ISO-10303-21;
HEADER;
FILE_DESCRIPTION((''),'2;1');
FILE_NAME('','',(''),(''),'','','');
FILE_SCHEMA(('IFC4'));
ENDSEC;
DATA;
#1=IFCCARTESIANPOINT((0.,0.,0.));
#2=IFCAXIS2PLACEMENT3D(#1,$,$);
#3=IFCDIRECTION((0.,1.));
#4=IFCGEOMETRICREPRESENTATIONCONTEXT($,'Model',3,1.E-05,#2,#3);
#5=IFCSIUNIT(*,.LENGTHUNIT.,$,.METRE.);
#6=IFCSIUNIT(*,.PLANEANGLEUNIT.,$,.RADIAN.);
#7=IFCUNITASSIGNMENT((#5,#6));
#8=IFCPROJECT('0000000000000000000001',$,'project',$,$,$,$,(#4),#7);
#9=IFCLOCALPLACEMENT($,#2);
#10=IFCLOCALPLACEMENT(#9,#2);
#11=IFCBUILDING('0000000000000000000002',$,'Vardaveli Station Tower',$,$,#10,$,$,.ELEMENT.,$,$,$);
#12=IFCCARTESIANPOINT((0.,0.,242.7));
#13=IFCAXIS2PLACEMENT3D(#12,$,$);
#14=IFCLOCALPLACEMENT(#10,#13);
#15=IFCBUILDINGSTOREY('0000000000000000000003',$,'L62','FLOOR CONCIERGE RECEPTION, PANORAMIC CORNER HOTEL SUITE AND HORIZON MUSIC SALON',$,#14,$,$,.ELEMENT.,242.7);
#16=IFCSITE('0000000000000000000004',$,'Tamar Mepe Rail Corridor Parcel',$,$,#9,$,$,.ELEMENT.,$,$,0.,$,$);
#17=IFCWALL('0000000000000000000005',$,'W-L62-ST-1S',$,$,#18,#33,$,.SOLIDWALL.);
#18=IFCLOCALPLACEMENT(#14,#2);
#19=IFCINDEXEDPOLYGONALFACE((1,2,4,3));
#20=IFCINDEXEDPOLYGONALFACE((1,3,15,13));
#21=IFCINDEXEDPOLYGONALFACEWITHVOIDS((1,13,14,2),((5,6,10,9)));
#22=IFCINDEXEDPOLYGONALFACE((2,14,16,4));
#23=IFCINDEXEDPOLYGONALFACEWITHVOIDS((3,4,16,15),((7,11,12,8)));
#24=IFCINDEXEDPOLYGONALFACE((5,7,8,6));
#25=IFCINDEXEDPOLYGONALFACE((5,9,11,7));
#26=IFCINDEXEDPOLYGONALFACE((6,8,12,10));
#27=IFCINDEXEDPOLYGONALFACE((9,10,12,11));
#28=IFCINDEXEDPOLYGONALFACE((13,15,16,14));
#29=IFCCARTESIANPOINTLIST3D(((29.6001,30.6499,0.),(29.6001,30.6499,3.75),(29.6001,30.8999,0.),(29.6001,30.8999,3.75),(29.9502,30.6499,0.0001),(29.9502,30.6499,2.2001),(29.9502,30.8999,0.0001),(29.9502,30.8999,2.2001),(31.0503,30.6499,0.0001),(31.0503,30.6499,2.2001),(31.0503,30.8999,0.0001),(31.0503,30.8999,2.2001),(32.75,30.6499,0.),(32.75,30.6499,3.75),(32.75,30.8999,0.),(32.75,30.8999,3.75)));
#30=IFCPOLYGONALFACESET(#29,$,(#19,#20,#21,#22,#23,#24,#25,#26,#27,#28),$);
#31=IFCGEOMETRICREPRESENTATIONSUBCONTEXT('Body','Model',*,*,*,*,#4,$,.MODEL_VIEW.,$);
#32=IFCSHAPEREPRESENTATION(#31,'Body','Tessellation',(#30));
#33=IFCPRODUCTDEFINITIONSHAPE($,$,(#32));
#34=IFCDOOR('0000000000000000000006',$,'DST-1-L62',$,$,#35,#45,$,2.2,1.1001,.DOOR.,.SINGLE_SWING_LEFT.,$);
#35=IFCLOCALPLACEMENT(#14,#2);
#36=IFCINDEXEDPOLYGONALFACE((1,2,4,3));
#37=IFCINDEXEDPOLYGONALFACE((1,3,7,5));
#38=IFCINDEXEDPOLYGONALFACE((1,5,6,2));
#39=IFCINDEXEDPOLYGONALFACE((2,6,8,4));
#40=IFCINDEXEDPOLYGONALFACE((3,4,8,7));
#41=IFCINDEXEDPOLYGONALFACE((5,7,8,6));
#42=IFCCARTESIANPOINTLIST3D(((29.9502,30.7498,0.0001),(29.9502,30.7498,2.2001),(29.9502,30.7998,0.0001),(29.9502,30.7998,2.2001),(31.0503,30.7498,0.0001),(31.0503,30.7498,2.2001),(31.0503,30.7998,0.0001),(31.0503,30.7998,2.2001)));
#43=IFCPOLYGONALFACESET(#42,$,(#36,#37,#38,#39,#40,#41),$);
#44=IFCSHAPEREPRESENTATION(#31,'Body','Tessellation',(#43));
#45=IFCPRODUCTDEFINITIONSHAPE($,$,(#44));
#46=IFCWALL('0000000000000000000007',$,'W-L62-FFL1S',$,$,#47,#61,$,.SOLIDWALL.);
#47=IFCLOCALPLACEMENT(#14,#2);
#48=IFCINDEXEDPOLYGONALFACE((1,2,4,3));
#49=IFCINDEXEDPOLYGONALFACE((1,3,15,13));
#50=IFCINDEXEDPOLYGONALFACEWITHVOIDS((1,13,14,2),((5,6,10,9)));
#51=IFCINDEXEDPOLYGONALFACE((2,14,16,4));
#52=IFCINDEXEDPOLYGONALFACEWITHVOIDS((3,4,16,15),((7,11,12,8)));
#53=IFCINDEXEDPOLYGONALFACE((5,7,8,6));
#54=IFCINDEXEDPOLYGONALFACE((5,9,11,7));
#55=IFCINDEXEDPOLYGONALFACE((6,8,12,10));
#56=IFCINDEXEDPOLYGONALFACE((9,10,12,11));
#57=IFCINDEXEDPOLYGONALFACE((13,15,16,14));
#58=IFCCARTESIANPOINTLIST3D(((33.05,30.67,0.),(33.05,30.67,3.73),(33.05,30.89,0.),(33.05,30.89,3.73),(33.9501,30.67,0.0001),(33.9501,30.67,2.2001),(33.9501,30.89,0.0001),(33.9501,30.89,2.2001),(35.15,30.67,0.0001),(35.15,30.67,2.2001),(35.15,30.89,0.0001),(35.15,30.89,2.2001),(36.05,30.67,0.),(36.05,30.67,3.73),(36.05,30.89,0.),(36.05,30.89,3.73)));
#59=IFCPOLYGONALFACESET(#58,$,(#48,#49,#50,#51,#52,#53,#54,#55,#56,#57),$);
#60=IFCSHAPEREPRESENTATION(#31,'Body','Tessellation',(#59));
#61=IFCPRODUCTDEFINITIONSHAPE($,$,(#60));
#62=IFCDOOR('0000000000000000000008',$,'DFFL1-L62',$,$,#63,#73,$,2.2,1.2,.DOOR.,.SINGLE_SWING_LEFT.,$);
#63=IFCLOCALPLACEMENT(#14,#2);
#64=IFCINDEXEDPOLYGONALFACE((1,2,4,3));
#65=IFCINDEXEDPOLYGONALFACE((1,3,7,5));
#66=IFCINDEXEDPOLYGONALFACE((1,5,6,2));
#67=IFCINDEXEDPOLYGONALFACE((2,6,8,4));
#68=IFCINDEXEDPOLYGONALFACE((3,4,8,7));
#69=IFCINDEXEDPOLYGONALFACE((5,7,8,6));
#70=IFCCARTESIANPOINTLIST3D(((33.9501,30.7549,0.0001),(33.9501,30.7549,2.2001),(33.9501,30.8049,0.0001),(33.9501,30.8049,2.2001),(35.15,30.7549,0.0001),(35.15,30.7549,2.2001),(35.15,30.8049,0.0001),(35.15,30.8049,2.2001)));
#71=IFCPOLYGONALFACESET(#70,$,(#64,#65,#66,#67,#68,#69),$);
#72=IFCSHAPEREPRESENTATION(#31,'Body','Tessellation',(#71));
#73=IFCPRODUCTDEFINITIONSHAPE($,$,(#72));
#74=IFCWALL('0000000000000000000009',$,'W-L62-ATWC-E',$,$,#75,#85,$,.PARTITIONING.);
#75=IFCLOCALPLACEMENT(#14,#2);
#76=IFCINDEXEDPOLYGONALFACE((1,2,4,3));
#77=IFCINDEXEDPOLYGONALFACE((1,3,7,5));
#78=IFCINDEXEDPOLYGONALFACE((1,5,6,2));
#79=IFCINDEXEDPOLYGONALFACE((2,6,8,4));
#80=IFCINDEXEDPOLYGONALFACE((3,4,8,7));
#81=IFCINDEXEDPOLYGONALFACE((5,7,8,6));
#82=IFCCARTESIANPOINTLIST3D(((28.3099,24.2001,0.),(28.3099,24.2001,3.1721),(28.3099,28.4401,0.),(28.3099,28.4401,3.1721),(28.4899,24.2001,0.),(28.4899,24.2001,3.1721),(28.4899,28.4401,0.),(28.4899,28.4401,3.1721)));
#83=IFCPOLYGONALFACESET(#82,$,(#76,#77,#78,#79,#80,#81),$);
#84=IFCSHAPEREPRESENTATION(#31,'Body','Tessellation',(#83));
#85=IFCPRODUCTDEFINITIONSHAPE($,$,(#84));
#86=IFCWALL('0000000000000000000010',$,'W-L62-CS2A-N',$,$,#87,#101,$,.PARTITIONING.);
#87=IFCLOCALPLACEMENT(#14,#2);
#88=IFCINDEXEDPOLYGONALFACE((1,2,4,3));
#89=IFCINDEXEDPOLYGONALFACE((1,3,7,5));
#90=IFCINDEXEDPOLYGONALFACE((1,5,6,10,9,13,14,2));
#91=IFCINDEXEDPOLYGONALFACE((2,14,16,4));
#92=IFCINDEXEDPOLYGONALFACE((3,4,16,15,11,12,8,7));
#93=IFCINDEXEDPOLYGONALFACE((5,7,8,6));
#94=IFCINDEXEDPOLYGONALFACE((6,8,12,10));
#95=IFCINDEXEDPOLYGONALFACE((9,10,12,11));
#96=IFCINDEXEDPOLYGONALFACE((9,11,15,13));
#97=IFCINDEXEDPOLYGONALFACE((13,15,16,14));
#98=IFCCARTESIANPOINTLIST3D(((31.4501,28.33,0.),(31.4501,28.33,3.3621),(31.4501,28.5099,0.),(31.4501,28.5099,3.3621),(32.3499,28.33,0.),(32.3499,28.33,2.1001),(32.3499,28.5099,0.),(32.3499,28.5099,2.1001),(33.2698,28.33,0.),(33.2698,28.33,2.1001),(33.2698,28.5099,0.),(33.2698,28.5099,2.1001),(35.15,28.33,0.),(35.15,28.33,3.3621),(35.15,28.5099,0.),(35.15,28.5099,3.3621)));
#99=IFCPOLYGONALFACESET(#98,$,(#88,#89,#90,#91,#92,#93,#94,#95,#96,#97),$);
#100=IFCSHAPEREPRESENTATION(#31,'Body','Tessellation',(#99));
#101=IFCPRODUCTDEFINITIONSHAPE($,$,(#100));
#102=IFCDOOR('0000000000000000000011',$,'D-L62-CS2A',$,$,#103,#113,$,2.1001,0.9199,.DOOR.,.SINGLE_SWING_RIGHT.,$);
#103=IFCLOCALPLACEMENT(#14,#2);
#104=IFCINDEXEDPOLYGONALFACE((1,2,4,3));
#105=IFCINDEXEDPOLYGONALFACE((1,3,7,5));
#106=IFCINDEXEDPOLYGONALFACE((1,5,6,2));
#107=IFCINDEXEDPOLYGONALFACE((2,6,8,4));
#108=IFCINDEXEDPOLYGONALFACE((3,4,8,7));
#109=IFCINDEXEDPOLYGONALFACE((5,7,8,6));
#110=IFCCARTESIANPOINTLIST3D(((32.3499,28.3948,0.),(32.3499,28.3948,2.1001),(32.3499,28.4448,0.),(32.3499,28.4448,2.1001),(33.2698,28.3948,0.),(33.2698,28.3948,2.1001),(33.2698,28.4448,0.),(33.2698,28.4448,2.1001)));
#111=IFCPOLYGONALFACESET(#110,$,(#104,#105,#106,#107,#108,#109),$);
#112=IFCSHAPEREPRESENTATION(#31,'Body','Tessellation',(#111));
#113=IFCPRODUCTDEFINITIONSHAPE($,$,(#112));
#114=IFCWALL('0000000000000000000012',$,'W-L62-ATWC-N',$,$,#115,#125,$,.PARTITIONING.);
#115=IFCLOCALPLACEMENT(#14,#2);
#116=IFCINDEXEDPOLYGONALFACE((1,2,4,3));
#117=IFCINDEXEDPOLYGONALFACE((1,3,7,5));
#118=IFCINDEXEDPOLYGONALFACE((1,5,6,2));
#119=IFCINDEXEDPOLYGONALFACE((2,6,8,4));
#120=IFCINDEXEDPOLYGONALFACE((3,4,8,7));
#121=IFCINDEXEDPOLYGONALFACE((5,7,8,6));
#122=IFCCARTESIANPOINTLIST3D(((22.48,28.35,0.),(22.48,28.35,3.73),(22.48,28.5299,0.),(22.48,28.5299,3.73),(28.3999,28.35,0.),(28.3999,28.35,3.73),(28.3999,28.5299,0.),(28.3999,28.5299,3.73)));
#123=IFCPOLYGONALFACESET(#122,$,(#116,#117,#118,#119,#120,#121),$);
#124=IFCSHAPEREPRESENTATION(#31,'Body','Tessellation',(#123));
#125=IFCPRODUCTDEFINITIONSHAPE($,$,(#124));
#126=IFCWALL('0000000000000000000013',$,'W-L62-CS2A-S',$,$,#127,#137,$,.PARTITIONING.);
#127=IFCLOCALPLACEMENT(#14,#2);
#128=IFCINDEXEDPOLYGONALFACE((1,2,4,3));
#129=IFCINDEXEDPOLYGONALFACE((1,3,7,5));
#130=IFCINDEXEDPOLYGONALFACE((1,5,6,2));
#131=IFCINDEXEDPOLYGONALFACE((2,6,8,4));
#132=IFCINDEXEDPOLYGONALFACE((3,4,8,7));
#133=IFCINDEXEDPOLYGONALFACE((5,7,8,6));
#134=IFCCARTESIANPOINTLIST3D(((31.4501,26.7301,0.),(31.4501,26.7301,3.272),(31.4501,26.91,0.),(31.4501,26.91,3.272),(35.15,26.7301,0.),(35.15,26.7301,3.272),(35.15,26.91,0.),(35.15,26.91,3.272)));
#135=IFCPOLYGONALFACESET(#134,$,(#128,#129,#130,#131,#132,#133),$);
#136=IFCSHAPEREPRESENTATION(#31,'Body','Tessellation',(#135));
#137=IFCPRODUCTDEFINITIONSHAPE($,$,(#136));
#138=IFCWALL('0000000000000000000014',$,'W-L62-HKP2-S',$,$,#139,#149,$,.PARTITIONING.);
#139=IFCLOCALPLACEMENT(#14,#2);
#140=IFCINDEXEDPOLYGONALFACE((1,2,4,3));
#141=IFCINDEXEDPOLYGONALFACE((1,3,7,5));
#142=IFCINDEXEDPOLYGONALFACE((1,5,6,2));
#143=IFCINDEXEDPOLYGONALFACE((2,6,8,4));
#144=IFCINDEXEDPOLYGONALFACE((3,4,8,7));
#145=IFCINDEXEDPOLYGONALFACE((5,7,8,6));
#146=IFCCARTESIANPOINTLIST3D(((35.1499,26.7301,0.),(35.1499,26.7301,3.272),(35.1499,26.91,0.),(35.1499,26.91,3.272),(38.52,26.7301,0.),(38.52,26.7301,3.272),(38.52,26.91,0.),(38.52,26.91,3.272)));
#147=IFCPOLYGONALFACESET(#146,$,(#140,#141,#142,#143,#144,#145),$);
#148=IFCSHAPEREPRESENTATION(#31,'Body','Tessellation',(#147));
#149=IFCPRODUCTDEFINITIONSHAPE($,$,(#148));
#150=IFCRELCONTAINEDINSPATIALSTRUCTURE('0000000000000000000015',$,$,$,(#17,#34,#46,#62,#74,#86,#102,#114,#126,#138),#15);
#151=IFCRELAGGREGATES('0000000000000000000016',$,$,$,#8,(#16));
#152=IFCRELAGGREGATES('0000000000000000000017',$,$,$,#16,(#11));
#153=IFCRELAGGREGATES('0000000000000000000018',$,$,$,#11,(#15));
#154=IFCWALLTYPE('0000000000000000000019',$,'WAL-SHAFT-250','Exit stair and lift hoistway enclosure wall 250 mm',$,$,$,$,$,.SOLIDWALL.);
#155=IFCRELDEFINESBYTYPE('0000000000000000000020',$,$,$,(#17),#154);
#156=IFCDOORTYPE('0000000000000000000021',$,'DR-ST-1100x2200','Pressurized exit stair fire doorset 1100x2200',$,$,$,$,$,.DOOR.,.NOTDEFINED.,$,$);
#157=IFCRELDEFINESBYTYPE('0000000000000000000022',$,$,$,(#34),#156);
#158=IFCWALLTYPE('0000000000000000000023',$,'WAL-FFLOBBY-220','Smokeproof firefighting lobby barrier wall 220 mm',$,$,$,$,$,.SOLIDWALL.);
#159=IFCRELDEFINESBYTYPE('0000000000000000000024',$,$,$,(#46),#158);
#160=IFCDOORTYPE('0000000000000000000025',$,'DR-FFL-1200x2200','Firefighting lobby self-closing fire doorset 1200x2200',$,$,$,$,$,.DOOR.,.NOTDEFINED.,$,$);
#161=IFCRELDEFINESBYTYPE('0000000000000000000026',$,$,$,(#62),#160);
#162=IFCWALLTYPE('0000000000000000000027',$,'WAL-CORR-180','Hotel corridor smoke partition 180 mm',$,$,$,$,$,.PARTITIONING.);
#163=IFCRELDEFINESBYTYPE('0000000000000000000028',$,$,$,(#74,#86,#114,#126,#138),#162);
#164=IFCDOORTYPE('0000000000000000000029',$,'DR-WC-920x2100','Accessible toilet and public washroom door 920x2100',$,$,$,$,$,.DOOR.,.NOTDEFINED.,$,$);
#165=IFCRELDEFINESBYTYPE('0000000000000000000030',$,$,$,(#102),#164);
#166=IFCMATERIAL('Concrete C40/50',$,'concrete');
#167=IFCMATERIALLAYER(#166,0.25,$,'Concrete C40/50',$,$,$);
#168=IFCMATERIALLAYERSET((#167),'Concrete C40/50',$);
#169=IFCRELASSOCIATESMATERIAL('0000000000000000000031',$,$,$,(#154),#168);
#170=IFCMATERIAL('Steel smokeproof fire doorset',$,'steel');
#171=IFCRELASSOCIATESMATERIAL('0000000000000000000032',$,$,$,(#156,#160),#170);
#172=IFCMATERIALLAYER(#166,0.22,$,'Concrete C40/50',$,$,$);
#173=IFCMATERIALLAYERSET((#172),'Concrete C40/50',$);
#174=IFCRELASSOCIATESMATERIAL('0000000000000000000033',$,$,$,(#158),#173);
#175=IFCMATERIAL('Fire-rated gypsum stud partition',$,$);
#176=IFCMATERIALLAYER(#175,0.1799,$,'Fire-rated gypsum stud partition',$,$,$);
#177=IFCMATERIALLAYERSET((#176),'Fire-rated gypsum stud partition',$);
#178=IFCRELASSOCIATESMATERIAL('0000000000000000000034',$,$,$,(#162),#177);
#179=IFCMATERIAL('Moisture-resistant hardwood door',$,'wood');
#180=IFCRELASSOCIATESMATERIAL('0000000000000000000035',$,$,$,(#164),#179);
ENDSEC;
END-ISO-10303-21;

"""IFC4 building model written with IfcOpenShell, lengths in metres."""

from ifc_helpers import new_model, si_unit, direction, frame, frame_2d, origin, place, context, subcontext, project, spatial, rectangle, extrude, source, transform, mapped, material, layer, layer_set, type_object, element, fill, save


model = new_model("IFC4")

# Units and contexts
model_context = context("Model", 3, precision=1e-05, world=origin(), true_north=direction((0.0, 1.0)))
body_context = subcontext(model_context, "Body", "Model", "MODEL_VIEW")
ifc_project = project(units=[si_unit("LENGTHUNIT", "METRE"), si_unit("PLANEANGLEUNIT", "RADIAN")], contexts=[model_context])

# Site, building, storey
site_placement = place(None, origin())
site = spatial("IfcSite", under=ifc_project, at=site_placement, Name="Tamar Mepe Rail Corridor Parcel", CompositionType="ELEMENT", RefElevation=0.0)
building_placement = place(site_placement, origin())
building = spatial("IfcBuilding", under=site, at=building_placement, Name="Vardaveli Station Tower", CompositionType="ELEMENT")
storey_placement = place(building_placement, frame((0.0, 0.0, 242.7)))
storey = spatial("IfcBuildingStorey", under=building, at=storey_placement, Name="L62", Description="FLOOR CONCIERGE RECEPTION, PANORAMIC CORNER HOTEL SUITE AND HORIZON MUSIC SALON", CompositionType="ELEMENT", Elevation=242.7)

# Shared definitions
ifc_material_1 = material(Name="Concrete C40/50", Category="concrete")
ifc_layer_1 = layer(ifc_material_1, 0.25, Name="Concrete C40/50")
ifc_layer_set_1 = layer_set([ifc_layer_1], Name="Concrete C40/50")
wall_type_1 = type_object("IfcWallType", Name="WAL-SHAFT-250", Description="Exit stair and lift hoistway enclosure wall 250 mm", PredefinedType="SOLIDWALL", material=ifc_layer_set_1)

# Walls, openings, doors
shared_shape_1 = source(origin(), body_context, "Body", "SweptSolid", [
    extrude(rectangle(XDim=3.1499, YDim=0.25, at=frame_2d((1.575, 0.0))), origin(), (0.0, 0.0, 1.0), 3.75),
])
wall_1_placement = place(storey_placement, frame((29.6001, 30.7749, 0.0), z_axis=(0.0, 0.0, 1.0), x_axis=(1.0, 0.0, 0.0)))
wall_1 = element("IfcWall", 1, at=wall_1_placement, inside=storey, type_object=wall_type_1, Name="W-L62-ST-1S", PredefinedType="SOLIDWALL", context=body_context, shape_type="MappedRepresentation", body=[
    mapped(shared_shape_1, transform((0.0, 0.0, 0.0), scale=1.0)),
])
shared_shape_2 = source(origin(), body_context, "Body", "SweptSolid", [
    extrude(rectangle(XDim=1.1001, YDim=2.2, at=frame_2d((0.55, 1.1001))), frame((0.0, 0.135, 0.0), z_axis=(0.0, -1.0, 0.0), x_axis=(1.0, 0.0, 0.0)), (0.0, 0.0, 1.0), 0.27),
])
opening_1_placement = place(wall_1_placement, frame((0.3501, 0.0, 0.0)))
opening_1 = element("IfcOpeningElement", 2, at=opening_1_placement, cuts=wall_1, PredefinedType="OPENING", context=body_context, shape_type="MappedRepresentation", body=[
    mapped(shared_shape_2, transform((0.0, 0.0, 0.0), scale=1.0)),
])
ifc_material_2 = material(Name="Steel smokeproof fire doorset", Category="steel")
door_type_1 = type_object("IfcDoorType", Name="DR-ST-1100x2200", Description="Pressurized exit stair fire doorset 1100x2200", OperationType="NOTDEFINED", PredefinedType="DOOR", material=ifc_material_2)
shared_shape_3 = source(origin(), body_context, "Body", "SweptSolid", [
    extrude(rectangle(XDim=1.1001, YDim=2.2, at=frame_2d((0.55, 1.1001))), frame((0.0, 0.0249, 0.0), z_axis=(0.0, -1.0, 0.0), x_axis=(1.0, 0.0, 0.0)), (0.0, 0.0, 1.0), 0.05),
])
door_1_placement = place(opening_1_placement, origin())
door_1 = element("IfcDoor", 3, at=door_1_placement, inside=storey, type_object=door_type_1, Name="DST-1-L62", OperationType="SINGLE_SWING_LEFT", OverallHeight=2.2, OverallWidth=1.1001, PredefinedType="DOOR", context=body_context, shape_type="MappedRepresentation", body=[
    mapped(shared_shape_3, transform((0.0, 0.0, 0.0), scale=1.0)),
])
fill(opening_1, door_1)
ifc_layer_2 = layer(ifc_material_1, 0.22, Name="Concrete C40/50")
ifc_layer_set_2 = layer_set([ifc_layer_2], Name="Concrete C40/50")
wall_type_2 = type_object("IfcWallType", Name="WAL-FFLOBBY-220", Description="Smokeproof firefighting lobby barrier wall 220 mm", PredefinedType="SOLIDWALL", material=ifc_layer_set_2)
shared_shape_4 = source(origin(), body_context, "Body", "SweptSolid", [
    extrude(rectangle(XDim=3.0, YDim=0.22, at=frame_2d((1.5, 0.0))), origin(), (0.0, 0.0, 1.0), 3.73),
])
wall_2_placement = place(storey_placement, frame((33.05, 30.78, 0.0), z_axis=(0.0, 0.0, 1.0), x_axis=(1.0, 0.0, 0.0)))
wall_2 = element("IfcWall", 4, at=wall_2_placement, inside=storey, type_object=wall_type_2, Name="W-L62-FFL1S", PredefinedType="SOLIDWALL", context=body_context, shape_type="MappedRepresentation", body=[
    mapped(shared_shape_4, transform((0.0, 0.0, 0.0), scale=1.0)),
])
shared_shape_5 = source(origin(), body_context, "Body", "SweptSolid", [
    extrude(rectangle(XDim=1.2, YDim=2.2, at=frame_2d((0.6001, 1.1001))), frame((0.0, 0.1201, 0.0), z_axis=(0.0, -1.0, 0.0), x_axis=(1.0, 0.0, 0.0)), (0.0, 0.0, 1.0), 0.24),
])
opening_2_placement = place(wall_2_placement, frame((0.8999, 0.0, 0.0)))
opening_2 = element("IfcOpeningElement", 5, at=opening_2_placement, cuts=wall_2, PredefinedType="OPENING", context=body_context, shape_type="MappedRepresentation", body=[
    mapped(shared_shape_5, transform((0.0, 0.0, 0.0), scale=1.0)),
])
door_type_2 = type_object("IfcDoorType", Name="DR-FFL-1200x2200", Description="Firefighting lobby self-closing fire doorset 1200x2200", OperationType="NOTDEFINED", PredefinedType="DOOR", material=ifc_material_2)
shared_shape_6 = source(origin(), body_context, "Body", "SweptSolid", [
    extrude(rectangle(XDim=1.2, YDim=2.2, at=frame_2d((0.6001, 1.1001))), frame((0.0, 0.0249, 0.0), z_axis=(0.0, -1.0, 0.0), x_axis=(1.0, 0.0, 0.0)), (0.0, 0.0, 1.0), 0.05),
])
door_2_placement = place(opening_2_placement, origin())
door_2 = element("IfcDoor", 6, at=door_2_placement, inside=storey, type_object=door_type_2, Name="DFFL1-L62", OperationType="SINGLE_SWING_LEFT", OverallHeight=2.2, OverallWidth=1.2, PredefinedType="DOOR", context=body_context, shape_type="MappedRepresentation", body=[
    mapped(shared_shape_6, transform((0.0, 0.0, 0.0), scale=1.0)),
])
fill(opening_2, door_2)

# Wall
ifc_material_3 = material(Name="Fire-rated gypsum stud partition")
ifc_layer_3 = layer(ifc_material_3, 0.1799, Name="Fire-rated gypsum stud partition")
ifc_layer_set_3 = layer_set([ifc_layer_3], Name="Fire-rated gypsum stud partition")
wall_type_3 = type_object("IfcWallType", Name="WAL-CORR-180", Description="Hotel corridor smoke partition 180 mm", PredefinedType="PARTITIONING", material=ifc_layer_set_3)
shared_shape_7 = source(origin(), body_context, "Body", "SweptSolid", [
    extrude(rectangle(XDim=4.24, YDim=0.1799, at=frame_2d((2.1201, 0.0))), origin(), (0.0, 0.0, 1.0), 3.1721),
])
wall_3_placement = place(storey_placement, frame((28.3999, 24.2, 0.0), z_axis=(0.0, 0.0, 1.0), x_axis=(0.0, 1.0, 0.0)))
element("IfcWall", 7, at=wall_3_placement, inside=storey, type_object=wall_type_3, Name="W-L62-ATWC-E", PredefinedType="PARTITIONING", context=body_context, shape_type="MappedRepresentation", body=[
    mapped(shared_shape_7, transform((0.0, 0.0, 0.0), scale=1.0)),
])

# Wall, opening, door
shared_shape_8 = source(origin(), body_context, "Body", "SweptSolid", [
    extrude(rectangle(XDim=3.7, YDim=0.1799, at=frame_2d((1.8501, 0.0))), origin(), (0.0, 0.0, 1.0), 3.3621),
])
wall_4_placement = place(storey_placement, frame((31.45, 28.4199, 0.0), z_axis=(0.0, 0.0, 1.0), x_axis=(1.0, 0.0, 0.0)))
wall_4 = element("IfcWall", 8, at=wall_4_placement, inside=storey, type_object=wall_type_3, Name="W-L62-CS2A-N", PredefinedType="PARTITIONING", context=body_context, shape_type="MappedRepresentation", body=[
    mapped(shared_shape_8, transform((0.0, 0.0, 0.0), scale=1.0)),
])
shared_shape_9 = source(origin(), body_context, "Body", "SweptSolid", [
    extrude(rectangle(XDim=0.9199, YDim=2.1001, at=frame_2d((0.46, 1.05))), frame((0.0, 0.1001, 0.0), z_axis=(0.0, -1.0, 0.0), x_axis=(1.0, 0.0, 0.0)), (0.0, 0.0, 1.0), 0.2),
])
opening_3_placement = place(wall_4_placement, frame((0.8999, 0.0, 0.0)))
opening_3 = element("IfcOpeningElement", 9, at=opening_3_placement, cuts=wall_4, PredefinedType="OPENING", context=body_context, shape_type="MappedRepresentation", body=[
    mapped(shared_shape_9, transform((0.0, 0.0, 0.0), scale=1.0)),
])
ifc_material_4 = material(Name="Moisture-resistant hardwood door", Category="wood")
door_type_3 = type_object("IfcDoorType", Name="DR-WC-920x2100", Description="Accessible toilet and public washroom door 920x2100", OperationType="NOTDEFINED", PredefinedType="DOOR", material=ifc_material_4)
shared_shape_10 = source(origin(), body_context, "Body", "SweptSolid", [
    extrude(rectangle(XDim=0.9199, YDim=2.1001, at=frame_2d((0.46, 1.05))), frame((0.0, 0.0249, 0.0), z_axis=(0.0, -1.0, 0.0), x_axis=(1.0, 0.0, 0.0)), (0.0, 0.0, 1.0), 0.05),
])
door_3_placement = place(opening_3_placement, origin())
door_3 = element("IfcDoor", 10, at=door_3_placement, inside=storey, type_object=door_type_3, Name="D-L62-CS2A", OperationType="SINGLE_SWING_RIGHT", OverallHeight=2.1001, OverallWidth=0.9199, PredefinedType="DOOR", context=body_context, shape_type="MappedRepresentation", body=[
    mapped(shared_shape_10, transform((0.0, 0.0, 0.0), scale=1.0)),
])
fill(opening_3, door_3)

# Walls
shared_shape_11 = source(origin(), body_context, "Body", "SweptSolid", [
    extrude(rectangle(XDim=5.9199, YDim=0.1799, at=frame_2d((2.96, 0.0))), origin(), (0.0, 0.0, 1.0), 3.73),
])
wall_5_placement = place(storey_placement, frame((22.48, 28.4399, 0.0), z_axis=(0.0, 0.0, 1.0), x_axis=(1.0, 0.0, 0.0)))
element("IfcWall", 11, at=wall_5_placement, inside=storey, type_object=wall_type_3, Name="W-L62-ATWC-N", PredefinedType="PARTITIONING", context=body_context, shape_type="MappedRepresentation", body=[
    mapped(shared_shape_11, transform((0.0, 0.0, 0.0), scale=1.0)),
])
shared_shape_12 = source(origin(), body_context, "Body", "SweptSolid", [
    extrude(rectangle(XDim=3.7, YDim=0.1799, at=frame_2d((1.8501, 0.0))), origin(), (0.0, 0.0, 1.0), 3.272),
])
wall_6_placement = place(storey_placement, frame((31.45, 26.8201, 0.0), z_axis=(0.0, 0.0, 1.0), x_axis=(1.0, 0.0, 0.0)))
element("IfcWall", 12, at=wall_6_placement, inside=storey, type_object=wall_type_3, Name="W-L62-CS2A-S", PredefinedType="PARTITIONING", context=body_context, shape_type="MappedRepresentation", body=[
    mapped(shared_shape_12, transform((0.0, 0.0, 0.0), scale=1.0)),
])
shared_shape_13 = source(origin(), body_context, "Body", "SweptSolid", [
    extrude(rectangle(XDim=3.3701, YDim=0.1799, at=frame_2d((1.6851, 0.0))), origin(), (0.0, 0.0, 1.0), 3.272),
])
wall_7_placement = place(storey_placement, frame((35.1499, 26.8201, 0.0), z_axis=(0.0, 0.0, 1.0), x_axis=(1.0, 0.0, 0.0)))
element("IfcWall", 13, at=wall_7_placement, inside=storey, type_object=wall_type_3, Name="W-L62-HKP2-S", PredefinedType="PARTITIONING", context=body_context, shape_type="MappedRepresentation", body=[
    mapped(shared_shape_13, transform((0.0, 0.0, 0.0), scale=1.0)),
])

save(model, "model.ifc")
